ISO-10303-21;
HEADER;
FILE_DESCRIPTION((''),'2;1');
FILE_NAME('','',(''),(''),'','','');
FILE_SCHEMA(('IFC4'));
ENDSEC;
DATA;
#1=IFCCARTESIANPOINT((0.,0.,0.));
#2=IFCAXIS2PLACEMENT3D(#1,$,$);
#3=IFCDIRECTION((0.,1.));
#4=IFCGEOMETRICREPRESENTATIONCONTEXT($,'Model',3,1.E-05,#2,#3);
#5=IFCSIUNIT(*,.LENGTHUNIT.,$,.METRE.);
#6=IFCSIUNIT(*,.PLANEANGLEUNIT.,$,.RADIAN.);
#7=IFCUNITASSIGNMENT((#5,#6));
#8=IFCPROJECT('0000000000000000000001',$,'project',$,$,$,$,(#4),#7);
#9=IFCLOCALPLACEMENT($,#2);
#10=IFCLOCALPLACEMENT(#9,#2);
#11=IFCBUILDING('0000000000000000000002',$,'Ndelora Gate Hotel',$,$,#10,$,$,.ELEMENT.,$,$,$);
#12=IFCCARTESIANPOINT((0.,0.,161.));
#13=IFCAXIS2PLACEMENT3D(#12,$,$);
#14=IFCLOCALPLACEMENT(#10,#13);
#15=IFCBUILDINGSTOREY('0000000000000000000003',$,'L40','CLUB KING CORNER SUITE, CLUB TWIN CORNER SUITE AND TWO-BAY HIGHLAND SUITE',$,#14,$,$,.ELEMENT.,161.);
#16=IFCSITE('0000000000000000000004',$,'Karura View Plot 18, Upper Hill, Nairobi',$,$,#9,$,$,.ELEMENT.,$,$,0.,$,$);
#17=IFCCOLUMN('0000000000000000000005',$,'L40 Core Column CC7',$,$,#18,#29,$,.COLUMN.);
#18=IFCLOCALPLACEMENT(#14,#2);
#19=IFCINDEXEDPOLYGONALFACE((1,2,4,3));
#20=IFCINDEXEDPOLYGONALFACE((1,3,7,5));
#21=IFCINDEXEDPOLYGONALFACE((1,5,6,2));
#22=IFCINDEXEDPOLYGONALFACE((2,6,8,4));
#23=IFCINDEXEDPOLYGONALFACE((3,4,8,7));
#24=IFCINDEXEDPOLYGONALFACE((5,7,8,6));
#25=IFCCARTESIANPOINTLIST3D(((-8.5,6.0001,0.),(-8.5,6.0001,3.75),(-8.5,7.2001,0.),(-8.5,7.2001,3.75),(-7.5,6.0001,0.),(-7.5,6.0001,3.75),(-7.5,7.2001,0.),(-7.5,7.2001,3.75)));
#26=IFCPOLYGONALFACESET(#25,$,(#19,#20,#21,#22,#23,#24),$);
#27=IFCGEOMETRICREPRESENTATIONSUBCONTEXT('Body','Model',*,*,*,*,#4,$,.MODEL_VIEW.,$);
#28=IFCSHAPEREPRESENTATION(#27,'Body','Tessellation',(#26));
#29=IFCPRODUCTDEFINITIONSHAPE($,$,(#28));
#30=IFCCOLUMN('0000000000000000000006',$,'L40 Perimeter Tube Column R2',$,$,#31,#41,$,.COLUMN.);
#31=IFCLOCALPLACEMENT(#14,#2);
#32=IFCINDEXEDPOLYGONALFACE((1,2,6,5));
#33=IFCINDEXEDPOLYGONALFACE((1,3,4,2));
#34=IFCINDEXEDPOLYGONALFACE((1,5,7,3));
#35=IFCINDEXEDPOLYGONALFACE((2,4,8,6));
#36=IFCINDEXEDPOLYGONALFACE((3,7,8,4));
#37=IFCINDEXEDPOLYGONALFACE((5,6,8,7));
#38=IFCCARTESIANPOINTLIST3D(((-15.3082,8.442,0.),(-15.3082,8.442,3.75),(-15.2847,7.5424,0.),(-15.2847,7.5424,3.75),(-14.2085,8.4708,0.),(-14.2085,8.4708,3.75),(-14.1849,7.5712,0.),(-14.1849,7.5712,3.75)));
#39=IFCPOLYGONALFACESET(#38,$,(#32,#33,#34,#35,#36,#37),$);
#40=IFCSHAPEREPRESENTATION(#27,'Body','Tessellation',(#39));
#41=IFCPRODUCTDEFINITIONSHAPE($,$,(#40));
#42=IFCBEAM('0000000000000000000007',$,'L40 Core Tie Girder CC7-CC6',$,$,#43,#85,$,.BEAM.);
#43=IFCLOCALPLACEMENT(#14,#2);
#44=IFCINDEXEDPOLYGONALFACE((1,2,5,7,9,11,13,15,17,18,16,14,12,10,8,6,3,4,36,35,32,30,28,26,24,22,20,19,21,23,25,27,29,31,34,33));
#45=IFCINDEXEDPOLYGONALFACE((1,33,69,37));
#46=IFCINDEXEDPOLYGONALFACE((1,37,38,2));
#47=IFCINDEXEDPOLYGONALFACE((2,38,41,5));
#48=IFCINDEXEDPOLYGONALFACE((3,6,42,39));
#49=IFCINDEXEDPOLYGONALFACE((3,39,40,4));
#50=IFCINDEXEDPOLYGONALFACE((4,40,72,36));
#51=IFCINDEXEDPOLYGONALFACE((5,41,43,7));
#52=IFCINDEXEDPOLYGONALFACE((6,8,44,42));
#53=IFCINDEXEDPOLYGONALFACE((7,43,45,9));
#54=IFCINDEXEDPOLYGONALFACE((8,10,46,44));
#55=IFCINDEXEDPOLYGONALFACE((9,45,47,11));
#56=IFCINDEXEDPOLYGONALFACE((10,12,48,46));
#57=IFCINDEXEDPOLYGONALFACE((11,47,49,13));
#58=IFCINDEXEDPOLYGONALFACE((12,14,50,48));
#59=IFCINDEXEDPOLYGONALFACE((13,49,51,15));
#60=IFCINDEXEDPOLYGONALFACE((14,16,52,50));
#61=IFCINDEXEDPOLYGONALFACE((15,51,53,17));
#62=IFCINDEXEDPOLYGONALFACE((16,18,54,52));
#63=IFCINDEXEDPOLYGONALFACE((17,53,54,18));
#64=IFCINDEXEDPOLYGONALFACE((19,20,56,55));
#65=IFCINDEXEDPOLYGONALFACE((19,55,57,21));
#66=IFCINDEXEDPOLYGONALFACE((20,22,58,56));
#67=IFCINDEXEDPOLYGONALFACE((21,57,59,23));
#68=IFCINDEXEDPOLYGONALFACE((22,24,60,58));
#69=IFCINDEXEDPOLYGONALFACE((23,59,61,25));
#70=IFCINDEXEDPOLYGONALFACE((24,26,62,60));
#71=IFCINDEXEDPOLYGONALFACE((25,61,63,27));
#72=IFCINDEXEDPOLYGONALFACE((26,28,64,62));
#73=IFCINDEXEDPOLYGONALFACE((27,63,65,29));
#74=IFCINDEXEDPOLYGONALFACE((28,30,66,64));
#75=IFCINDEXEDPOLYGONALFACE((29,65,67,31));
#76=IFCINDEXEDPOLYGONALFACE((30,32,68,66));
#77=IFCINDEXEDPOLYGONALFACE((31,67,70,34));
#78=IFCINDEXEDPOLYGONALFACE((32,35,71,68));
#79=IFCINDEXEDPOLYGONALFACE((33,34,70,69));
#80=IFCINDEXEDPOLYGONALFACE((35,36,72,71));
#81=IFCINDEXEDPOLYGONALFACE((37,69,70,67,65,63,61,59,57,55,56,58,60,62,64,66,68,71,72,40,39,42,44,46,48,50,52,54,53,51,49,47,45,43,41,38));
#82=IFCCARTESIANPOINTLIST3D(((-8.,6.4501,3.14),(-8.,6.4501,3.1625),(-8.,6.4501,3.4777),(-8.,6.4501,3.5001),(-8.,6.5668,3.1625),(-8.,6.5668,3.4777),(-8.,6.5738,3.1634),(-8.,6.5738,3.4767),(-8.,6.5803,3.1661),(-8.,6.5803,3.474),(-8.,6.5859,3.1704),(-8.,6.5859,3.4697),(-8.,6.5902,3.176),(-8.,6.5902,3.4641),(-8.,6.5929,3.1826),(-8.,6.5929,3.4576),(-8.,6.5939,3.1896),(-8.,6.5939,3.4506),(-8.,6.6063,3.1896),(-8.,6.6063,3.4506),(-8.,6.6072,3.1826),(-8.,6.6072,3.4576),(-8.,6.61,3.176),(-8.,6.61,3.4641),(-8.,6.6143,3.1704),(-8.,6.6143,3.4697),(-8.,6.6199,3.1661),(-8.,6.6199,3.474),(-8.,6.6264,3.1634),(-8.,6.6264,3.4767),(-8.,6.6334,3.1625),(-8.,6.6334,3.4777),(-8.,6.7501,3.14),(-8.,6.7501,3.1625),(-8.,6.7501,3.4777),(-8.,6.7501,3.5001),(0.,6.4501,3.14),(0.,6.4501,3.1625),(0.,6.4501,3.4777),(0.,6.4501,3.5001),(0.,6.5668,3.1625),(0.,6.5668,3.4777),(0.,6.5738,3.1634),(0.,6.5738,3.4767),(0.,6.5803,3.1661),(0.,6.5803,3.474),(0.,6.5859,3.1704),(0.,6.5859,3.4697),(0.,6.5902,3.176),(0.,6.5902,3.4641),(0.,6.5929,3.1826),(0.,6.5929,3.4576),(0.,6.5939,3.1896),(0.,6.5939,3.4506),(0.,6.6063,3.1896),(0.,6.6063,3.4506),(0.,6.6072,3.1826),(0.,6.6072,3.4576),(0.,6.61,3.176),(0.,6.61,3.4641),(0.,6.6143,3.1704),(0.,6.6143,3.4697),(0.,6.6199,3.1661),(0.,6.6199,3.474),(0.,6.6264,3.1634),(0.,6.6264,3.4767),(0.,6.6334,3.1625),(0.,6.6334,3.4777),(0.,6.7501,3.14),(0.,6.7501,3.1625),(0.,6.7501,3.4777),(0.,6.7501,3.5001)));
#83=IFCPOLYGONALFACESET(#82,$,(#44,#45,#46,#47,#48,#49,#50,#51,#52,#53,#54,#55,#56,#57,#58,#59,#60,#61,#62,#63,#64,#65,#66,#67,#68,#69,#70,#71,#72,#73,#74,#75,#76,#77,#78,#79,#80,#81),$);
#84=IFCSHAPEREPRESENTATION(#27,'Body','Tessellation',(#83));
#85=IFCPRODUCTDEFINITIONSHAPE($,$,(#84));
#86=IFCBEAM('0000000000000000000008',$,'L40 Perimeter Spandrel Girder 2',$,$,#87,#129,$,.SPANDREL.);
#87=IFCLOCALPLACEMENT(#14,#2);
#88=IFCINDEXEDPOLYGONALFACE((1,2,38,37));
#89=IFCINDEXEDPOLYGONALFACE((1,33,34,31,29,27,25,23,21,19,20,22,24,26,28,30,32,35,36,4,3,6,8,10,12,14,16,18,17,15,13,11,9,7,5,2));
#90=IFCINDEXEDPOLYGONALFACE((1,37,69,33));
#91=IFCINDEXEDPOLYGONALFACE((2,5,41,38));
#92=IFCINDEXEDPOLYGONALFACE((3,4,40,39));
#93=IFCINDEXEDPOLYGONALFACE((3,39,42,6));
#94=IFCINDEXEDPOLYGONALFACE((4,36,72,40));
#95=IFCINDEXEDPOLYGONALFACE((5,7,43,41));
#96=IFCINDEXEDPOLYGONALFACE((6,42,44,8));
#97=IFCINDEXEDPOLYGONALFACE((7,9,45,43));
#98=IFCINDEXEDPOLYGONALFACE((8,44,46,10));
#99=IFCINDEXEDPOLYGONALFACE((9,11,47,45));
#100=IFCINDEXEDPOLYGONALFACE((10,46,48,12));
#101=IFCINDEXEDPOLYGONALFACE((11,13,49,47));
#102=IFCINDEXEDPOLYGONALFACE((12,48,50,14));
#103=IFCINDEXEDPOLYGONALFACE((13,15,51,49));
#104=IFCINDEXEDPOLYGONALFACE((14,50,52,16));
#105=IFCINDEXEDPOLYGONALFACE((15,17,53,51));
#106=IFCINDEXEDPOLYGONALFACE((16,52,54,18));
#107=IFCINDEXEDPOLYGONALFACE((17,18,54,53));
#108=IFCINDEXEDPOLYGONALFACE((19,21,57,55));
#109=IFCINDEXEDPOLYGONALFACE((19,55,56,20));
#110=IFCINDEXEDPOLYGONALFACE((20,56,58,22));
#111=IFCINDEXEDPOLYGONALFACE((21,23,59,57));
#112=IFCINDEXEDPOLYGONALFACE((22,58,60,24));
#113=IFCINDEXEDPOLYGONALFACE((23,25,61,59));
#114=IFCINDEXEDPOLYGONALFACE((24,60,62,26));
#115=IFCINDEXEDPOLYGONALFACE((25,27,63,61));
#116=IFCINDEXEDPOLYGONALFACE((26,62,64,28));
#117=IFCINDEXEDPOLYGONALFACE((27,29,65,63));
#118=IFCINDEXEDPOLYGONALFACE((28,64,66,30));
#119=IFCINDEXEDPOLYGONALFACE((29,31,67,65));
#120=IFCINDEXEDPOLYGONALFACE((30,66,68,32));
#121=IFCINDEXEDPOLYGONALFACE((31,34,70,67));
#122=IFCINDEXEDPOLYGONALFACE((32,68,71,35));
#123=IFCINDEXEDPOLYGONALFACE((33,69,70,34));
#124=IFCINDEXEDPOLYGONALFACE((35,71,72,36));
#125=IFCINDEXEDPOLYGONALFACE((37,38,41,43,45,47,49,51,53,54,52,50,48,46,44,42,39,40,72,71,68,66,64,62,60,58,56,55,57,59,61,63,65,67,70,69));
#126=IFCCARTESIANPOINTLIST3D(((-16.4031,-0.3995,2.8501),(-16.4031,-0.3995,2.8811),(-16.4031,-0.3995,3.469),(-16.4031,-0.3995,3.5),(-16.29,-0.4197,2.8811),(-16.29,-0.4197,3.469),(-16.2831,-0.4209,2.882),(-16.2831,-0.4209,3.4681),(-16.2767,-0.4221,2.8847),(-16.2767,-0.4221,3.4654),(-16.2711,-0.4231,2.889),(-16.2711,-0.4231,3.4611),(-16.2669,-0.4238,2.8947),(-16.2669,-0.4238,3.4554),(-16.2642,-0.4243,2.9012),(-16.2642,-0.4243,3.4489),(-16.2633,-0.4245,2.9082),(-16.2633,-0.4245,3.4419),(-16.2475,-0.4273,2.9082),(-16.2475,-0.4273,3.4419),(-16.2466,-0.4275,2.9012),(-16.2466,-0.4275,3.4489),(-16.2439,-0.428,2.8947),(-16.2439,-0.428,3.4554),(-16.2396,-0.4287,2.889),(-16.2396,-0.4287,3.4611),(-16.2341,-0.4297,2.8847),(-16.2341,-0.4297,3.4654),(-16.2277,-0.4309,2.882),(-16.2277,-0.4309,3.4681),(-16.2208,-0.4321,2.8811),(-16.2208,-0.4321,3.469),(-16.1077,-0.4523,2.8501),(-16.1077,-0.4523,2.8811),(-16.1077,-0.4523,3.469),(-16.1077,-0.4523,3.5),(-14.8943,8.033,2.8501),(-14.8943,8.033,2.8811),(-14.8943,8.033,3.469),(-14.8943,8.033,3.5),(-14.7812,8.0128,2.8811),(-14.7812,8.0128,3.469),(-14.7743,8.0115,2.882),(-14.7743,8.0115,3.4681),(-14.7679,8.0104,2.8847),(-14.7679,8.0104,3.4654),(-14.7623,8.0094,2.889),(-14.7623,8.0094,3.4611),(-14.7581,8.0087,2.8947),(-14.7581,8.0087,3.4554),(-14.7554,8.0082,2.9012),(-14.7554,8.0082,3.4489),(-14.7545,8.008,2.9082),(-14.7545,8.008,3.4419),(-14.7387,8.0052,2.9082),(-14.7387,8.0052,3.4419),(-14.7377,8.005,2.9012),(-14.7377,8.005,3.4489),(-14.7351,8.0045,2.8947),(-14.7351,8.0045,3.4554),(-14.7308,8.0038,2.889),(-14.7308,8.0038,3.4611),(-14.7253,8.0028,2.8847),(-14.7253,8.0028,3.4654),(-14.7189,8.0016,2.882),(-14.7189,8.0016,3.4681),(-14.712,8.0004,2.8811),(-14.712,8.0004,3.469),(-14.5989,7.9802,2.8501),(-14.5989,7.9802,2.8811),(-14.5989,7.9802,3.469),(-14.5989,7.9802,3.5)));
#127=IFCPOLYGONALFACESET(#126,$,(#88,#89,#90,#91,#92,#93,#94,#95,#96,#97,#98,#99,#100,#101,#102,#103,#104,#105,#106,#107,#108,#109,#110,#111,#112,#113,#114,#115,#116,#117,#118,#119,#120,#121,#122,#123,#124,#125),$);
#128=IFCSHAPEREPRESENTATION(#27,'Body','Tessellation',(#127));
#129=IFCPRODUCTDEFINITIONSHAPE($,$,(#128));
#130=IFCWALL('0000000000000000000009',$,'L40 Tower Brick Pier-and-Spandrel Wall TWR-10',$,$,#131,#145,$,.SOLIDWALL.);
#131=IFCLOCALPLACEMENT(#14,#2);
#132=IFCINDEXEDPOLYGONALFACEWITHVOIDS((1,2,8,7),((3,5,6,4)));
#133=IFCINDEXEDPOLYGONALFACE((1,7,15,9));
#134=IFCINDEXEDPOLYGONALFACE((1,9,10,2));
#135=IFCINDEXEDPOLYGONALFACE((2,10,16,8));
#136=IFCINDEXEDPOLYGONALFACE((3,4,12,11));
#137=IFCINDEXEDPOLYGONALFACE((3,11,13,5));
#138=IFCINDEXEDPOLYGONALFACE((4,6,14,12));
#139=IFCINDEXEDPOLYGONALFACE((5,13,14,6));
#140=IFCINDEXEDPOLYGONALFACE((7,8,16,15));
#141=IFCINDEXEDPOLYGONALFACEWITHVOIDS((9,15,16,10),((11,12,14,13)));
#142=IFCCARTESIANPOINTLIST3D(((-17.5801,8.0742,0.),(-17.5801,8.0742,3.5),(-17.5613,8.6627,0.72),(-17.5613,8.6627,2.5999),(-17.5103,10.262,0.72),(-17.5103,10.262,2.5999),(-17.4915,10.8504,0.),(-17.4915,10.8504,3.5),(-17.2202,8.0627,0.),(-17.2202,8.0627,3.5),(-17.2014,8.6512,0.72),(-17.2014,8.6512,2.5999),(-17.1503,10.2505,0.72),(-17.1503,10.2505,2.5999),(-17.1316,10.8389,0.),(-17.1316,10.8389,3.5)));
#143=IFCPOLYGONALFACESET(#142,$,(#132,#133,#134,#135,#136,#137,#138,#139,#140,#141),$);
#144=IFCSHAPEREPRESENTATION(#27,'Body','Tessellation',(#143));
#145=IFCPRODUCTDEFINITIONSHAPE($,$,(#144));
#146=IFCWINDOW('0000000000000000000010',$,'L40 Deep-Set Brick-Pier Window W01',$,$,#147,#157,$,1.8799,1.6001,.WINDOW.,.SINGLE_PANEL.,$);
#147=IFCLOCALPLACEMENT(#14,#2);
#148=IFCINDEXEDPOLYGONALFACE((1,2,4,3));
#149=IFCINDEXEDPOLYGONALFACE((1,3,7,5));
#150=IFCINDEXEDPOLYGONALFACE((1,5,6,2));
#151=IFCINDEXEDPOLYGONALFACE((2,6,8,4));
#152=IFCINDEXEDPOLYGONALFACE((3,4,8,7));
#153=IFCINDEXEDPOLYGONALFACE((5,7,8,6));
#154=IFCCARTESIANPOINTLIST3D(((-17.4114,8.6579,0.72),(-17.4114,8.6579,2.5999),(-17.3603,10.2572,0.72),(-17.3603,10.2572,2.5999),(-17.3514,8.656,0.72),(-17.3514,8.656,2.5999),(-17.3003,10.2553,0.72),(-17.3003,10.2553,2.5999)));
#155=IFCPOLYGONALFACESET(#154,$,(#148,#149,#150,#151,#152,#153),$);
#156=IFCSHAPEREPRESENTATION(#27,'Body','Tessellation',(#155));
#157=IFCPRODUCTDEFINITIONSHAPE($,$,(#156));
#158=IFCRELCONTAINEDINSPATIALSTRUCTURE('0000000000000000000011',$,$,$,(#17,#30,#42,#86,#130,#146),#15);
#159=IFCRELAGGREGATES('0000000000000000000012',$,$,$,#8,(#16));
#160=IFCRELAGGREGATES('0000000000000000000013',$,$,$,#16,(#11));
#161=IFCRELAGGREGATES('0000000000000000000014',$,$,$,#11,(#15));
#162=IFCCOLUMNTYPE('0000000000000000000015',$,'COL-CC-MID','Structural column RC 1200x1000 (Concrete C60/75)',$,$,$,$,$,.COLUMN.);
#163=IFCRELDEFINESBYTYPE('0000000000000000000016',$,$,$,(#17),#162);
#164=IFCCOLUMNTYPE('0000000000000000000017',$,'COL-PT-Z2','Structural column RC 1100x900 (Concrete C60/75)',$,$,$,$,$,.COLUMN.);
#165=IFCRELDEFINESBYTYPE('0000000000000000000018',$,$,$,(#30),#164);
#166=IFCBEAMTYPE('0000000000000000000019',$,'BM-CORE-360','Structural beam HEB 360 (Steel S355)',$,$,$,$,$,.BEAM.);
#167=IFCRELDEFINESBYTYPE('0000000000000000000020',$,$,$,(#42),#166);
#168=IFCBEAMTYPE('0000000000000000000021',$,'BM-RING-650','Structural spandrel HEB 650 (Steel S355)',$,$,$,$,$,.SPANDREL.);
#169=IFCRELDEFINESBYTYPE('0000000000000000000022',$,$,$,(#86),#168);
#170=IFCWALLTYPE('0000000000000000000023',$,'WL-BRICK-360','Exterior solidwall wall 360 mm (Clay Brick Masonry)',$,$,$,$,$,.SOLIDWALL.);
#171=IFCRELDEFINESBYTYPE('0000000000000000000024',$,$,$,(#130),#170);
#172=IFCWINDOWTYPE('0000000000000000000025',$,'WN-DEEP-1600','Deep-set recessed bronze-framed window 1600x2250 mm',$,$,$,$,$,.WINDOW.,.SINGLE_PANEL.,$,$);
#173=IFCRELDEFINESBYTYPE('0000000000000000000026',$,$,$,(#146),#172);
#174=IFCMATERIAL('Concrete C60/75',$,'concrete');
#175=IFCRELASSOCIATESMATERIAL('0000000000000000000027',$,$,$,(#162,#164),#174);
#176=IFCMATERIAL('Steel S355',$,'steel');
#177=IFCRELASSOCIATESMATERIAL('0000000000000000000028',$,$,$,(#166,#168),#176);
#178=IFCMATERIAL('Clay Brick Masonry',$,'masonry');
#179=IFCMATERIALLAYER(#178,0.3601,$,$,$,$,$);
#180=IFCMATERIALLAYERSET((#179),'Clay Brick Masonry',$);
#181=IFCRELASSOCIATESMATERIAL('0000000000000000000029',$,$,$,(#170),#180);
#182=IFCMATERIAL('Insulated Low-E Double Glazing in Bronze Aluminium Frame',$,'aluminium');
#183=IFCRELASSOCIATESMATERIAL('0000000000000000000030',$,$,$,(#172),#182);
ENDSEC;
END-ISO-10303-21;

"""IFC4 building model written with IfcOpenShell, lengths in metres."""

from ifc_helpers import new_model, si_unit, direction, frame, frame_2d, origin, origin_2d, place, context, subcontext, project, spatial, rectangle, i_section, extrude, material, layer, layer_set, material_profile, profile_set, type_object, element, fill, save


model = new_model("IFC4")

# Units and contexts
model_context = context("Model", 3, precision=1e-05, world=origin(), true_north=direction((0.0, 1.0)))
body_context = subcontext(model_context, "Body", "Model", "MODEL_VIEW")
ifc_project = project(units=[si_unit("LENGTHUNIT", "METRE"), si_unit("PLANEANGLEUNIT", "RADIAN")], contexts=[model_context])

# Site, building, storey
site_placement = place(None, origin())
site = spatial("IfcSite", under=ifc_project, at=site_placement, Name="Karura View Plot 18, Upper Hill, Nairobi", CompositionType="ELEMENT", RefElevation=0.0)
building_placement = place(site_placement, origin())
building = spatial("IfcBuilding", under=site, at=building_placement, Name="Ndelora Gate Hotel", CompositionType="ELEMENT")
storey_placement = place(building_placement, frame((0.0, 0.0, 161.0)))
storey = spatial("IfcBuildingStorey", under=building, at=storey_placement, Name="L40", Description="CLUB KING CORNER SUITE, CLUB TWIN CORNER SUITE AND TWO-BAY HIGHLAND SUITE", CompositionType="ELEMENT", Elevation=161.0)

# Columns
ifc_material_1 = material(Name="Concrete C60/75", Category="concrete")
ifc_material_profile_1 = material_profile(ifc_material_1, rectangle(XDim=1.0, YDim=1.2, at=origin_2d()), Name="RC 1200x1000")
ifc_profile_set_1 = profile_set([ifc_material_profile_1], Name="Concrete C60/75")
column_type_1 = type_object("IfcColumnType", Name="COL-CC-MID", Description="Structural column RC 1200x1000 (Concrete C60/75)", PredefinedType="COLUMN", material=ifc_profile_set_1)
column_1_placement = place(storey_placement, frame((-8.0, 6.6001, 0.0), z_axis=(0.0, 0.0, 1.0), x_axis=(1.0, 0.0, 0.0)))
element("IfcColumn", 1, at=column_1_placement, inside=storey, type_object=column_type_1, Name="L40 Core Column CC7", PredefinedType="COLUMN", context=body_context, shape_type="SweptSolid", body=[
    extrude(rectangle(XDim=1.0, YDim=1.2, at=origin_2d()), origin(), (0.0, 0.0, 1.0), 3.75),
])
ifc_material_profile_2 = material_profile(ifc_material_1, rectangle(XDim=0.8999, YDim=1.1001, at=origin_2d()), Name="RC 1100x900")
ifc_profile_set_2 = profile_set([ifc_material_profile_2], Name="Concrete C60/75")
column_type_2 = type_object("IfcColumnType", Name="COL-PT-Z2", Description="Structural column RC 1100x900 (Concrete C60/75)", PredefinedType="COLUMN", material=ifc_profile_set_2)
column_2_placement = place(storey_placement, frame((-14.7466, 8.0066, 0.0), z_axis=(0.0, 0.0, 1.0), x_axis=(-0.026177, 0.999657, 0.0)))
element("IfcColumn", 2, at=column_2_placement, inside=storey, type_object=column_type_2, Name="L40 Perimeter Tube Column R2", PredefinedType="COLUMN", context=body_context, shape_type="SweptSolid", body=[
    extrude(rectangle(XDim=0.8999, YDim=1.1001, at=origin_2d()), origin(), (0.0, 0.0, 1.0), 3.75),
])

# Beams
ifc_material_2 = material(Name="Steel S355", Category="steel")
ifc_material_profile_3 = material_profile(ifc_material_2, i_section(OverallWidth=0.3, OverallDepth=0.3601, WebThickness=0.0125, FlangeThickness=0.0225, FilletRadius=0.0271, at=origin_2d()), Name="HEB 360")
ifc_profile_set_3 = profile_set([ifc_material_profile_3], Name="Steel S355")
beam_type_1 = type_object("IfcBeamType", Name="BM-CORE-360", Description="Structural beam HEB 360 (Steel S355)", PredefinedType="BEAM", material=ifc_profile_set_3)
beam_1_placement = place(storey_placement, frame((-8.0, 6.6001, 3.3201), z_axis=(1.0, 0.0, 0.0), x_axis=(0.0, 1.0, 0.0)))
element("IfcBeam", 3, at=beam_1_placement, inside=storey, type_object=beam_type_1, Name="L40 Core Tie Girder CC7-CC6", PredefinedType="BEAM", context=body_context, shape_type="SweptSolid", body=[
    extrude(i_section(OverallWidth=0.3, OverallDepth=0.3601, WebThickness=0.0125, FlangeThickness=0.0225, FilletRadius=0.0271, at=origin_2d()), origin(), (0.0, 0.0, 1.0), 8.0),
])
ifc_material_profile_4 = material_profile(ifc_material_2, i_section(OverallWidth=0.3, OverallDepth=0.6499, WebThickness=0.0161, FlangeThickness=0.031, FilletRadius=0.0271, at=origin_2d()), Name="HEB 650")
ifc_profile_set_4 = profile_set([ifc_material_profile_4], Name="Steel S355")
beam_type_2 = type_object("IfcBeamType", Name="BM-RING-650", Description="Structural spandrel HEB 650 (Steel S355)", PredefinedType="SPANDREL", material=ifc_profile_set_4)
beam_2_placement = place(storey_placement, frame((-14.7466, 8.0066, 3.175), z_axis=(-0.176131, -0.984367, 0.0), x_axis=(0.984367, -0.176131, 0.0)))
element("IfcBeam", 4, at=beam_2_placement, inside=storey, type_object=beam_type_2, Name="L40 Perimeter Spandrel Girder 2", PredefinedType="SPANDREL", context=body_context, shape_type="SweptSolid", body=[
    extrude(i_section(OverallWidth=0.3, OverallDepth=0.6499, WebThickness=0.0161, FlangeThickness=0.031, FilletRadius=0.0271, at=origin_2d()), origin(), (0.0, 0.0, 1.0), 8.5664),
])

# Wall, opening, window
ifc_material_3 = material(Name="Clay Brick Masonry", Category="masonry")
ifc_layer_1 = layer(ifc_material_3, 0.3601)
ifc_layer_set_1 = layer_set([ifc_layer_1], Name="Clay Brick Masonry")
wall_type_1 = type_object("IfcWallType", Name="WL-BRICK-360", Description="Exterior solidwall wall 360 mm (Clay Brick Masonry)", PredefinedType="SOLIDWALL", material=ifc_layer_set_1)
wall_1_placement = place(storey_placement, frame((-17.4001, 8.0686, 0.0), z_axis=(0.0, 0.0, 1.0), x_axis=(0.031907, 0.999491, 0.0)))
wall_1 = element("IfcWall", 5, at=wall_1_placement, inside=storey, type_object=wall_type_1, Name="L40 Tower Brick Pier-and-Spandrel Wall TWR-10", PredefinedType="SOLIDWALL", context=body_context, shape_type="SweptSolid", body=[
    extrude(rectangle(XDim=2.7776, YDim=0.3601, at=frame_2d((1.3887, 0.0))), origin(), (0.0, 0.0, 1.0), 3.5),
])
opening_1_placement = place(wall_1_placement, frame((0.5886, 0.0, 0.72)))
opening_1 = element("IfcOpeningElement", 6, at=opening_1_placement, cuts=wall_1, PredefinedType="OPENING", context=body_context, shape_type="SweptSolid", body=[
    extrude(rectangle(XDim=1.6001, YDim=1.8799, at=frame_2d((0.8, 0.9399))), frame((0.0, 0.1899, 0.0), z_axis=(0.0, -1.0, 0.0), x_axis=(1.0, 0.0, 0.0)), (0.0, 0.0, 1.0), 0.3801),
])
ifc_material_4 = material(Name="Insulated Low-E Double Glazing in Bronze Aluminium Frame", Category="aluminium")
window_type_1 = type_object("IfcWindowType", Name="WN-DEEP-1600", Description="Deep-set recessed bronze-framed window 1600x2250 mm", PartitioningType="SINGLE_PANEL", PredefinedType="WINDOW", material=ifc_material_4)
window_1_placement = place(opening_1_placement, origin())
window_1 = element("IfcWindow", 7, at=window_1_placement, inside=storey, type_object=window_type_1, Name="L40 Deep-Set Brick-Pier Window W01", OverallHeight=1.8799, OverallWidth=1.6001, PartitioningType="SINGLE_PANEL", PredefinedType="WINDOW", context=body_context, shape_type="SweptSolid", body=[
    extrude(rectangle(XDim=1.6001, YDim=1.8799, at=frame_2d((0.8, 0.9399))), frame((0.0, 0.03, 0.0), z_axis=(0.0, -1.0, 0.0), x_axis=(1.0, 0.0, 0.0)), (0.0, 0.0, 1.0), 0.0601),
])
fill(opening_1, window_1)

save(model, "model.ifc")
